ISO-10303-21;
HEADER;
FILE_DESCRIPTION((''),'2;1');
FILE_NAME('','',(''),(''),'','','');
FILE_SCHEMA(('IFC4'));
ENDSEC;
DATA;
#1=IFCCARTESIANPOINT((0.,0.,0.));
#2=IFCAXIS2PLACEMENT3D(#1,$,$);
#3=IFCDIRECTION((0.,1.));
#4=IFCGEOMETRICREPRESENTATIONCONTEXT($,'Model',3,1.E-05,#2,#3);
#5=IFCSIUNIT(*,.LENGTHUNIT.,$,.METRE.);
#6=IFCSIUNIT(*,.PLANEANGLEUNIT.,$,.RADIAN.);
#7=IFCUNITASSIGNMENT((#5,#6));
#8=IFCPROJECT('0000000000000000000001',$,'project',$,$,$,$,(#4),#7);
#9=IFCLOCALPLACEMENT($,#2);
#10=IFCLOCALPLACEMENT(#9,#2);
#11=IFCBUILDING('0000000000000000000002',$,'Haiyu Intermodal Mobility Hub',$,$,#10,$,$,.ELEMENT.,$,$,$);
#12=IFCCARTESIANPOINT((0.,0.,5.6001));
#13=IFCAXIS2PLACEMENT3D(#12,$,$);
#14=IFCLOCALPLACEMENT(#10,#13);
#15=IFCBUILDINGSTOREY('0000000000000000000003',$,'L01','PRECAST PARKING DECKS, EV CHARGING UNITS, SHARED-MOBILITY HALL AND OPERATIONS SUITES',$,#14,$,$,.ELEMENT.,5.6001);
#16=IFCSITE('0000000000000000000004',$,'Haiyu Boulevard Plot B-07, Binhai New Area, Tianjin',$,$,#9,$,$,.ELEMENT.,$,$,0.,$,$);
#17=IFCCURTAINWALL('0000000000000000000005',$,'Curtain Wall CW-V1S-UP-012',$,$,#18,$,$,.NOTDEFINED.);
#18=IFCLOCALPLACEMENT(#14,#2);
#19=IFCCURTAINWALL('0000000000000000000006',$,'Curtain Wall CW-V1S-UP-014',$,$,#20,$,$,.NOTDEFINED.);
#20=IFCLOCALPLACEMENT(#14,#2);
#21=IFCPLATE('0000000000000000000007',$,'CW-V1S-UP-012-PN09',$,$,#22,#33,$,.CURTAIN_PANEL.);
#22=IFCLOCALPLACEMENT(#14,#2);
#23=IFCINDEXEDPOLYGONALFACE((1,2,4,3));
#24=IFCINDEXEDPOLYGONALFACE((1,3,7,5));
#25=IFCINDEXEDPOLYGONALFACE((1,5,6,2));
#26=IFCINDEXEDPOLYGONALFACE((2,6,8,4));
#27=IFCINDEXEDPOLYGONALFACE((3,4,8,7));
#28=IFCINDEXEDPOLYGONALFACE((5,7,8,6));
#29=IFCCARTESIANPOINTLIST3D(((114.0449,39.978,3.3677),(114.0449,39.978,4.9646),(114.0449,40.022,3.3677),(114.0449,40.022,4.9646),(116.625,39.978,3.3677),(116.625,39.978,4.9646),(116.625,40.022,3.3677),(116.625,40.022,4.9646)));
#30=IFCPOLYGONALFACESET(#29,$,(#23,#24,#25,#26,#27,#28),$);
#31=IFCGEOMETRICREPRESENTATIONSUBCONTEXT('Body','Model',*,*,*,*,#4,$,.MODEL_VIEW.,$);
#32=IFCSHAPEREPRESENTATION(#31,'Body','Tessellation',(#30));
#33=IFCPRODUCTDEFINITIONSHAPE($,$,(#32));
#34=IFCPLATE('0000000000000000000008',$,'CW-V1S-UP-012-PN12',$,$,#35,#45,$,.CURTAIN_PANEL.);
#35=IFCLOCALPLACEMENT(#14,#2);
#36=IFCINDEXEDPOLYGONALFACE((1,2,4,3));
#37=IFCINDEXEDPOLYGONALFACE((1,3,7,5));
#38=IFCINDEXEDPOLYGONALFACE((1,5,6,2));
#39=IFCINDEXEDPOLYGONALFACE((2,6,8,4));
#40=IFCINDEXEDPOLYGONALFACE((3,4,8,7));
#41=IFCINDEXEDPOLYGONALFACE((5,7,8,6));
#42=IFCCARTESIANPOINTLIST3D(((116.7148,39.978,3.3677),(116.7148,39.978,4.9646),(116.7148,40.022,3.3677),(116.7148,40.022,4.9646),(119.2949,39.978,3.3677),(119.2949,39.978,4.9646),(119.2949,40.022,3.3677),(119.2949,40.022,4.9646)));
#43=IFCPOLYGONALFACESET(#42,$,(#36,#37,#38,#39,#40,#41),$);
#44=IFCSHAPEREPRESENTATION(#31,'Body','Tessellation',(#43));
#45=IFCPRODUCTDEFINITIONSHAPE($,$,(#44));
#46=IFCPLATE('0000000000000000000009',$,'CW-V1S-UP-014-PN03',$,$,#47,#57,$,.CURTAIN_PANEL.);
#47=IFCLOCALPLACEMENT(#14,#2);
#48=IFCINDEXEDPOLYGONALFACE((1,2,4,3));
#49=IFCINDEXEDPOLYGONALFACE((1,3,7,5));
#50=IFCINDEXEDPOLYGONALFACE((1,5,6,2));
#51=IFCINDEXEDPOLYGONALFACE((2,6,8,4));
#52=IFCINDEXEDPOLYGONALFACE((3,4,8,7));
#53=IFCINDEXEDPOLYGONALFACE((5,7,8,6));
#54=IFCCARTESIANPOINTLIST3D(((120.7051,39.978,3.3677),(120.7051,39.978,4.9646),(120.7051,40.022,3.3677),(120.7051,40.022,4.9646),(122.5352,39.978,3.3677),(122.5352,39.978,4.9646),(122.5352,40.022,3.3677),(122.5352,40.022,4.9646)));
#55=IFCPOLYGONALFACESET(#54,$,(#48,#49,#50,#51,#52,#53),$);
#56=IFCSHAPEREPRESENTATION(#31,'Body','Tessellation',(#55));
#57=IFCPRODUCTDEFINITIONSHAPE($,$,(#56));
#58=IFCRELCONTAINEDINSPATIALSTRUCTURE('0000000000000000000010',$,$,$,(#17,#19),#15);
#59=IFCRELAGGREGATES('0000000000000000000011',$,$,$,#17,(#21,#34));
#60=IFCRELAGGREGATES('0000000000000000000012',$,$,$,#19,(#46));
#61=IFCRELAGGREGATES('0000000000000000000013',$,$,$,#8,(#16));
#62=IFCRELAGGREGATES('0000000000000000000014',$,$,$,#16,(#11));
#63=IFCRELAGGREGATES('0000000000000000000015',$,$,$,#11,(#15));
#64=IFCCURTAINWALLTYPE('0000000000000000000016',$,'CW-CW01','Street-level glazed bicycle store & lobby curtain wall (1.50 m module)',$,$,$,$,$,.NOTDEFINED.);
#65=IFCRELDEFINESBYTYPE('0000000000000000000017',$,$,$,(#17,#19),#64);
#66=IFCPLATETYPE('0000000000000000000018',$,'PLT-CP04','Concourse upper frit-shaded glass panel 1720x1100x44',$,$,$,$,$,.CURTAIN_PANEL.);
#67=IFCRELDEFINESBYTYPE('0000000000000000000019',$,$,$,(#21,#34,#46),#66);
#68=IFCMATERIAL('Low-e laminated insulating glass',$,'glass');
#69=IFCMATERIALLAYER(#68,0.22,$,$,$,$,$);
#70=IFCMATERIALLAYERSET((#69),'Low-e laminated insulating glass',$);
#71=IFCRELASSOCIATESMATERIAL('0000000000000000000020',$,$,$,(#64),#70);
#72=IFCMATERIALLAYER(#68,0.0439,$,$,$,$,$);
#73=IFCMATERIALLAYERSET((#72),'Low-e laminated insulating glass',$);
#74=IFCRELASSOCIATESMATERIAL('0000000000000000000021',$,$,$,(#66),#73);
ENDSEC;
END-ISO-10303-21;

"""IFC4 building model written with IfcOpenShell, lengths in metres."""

from ifc_helpers import new_model, si_unit, direction, frame, origin, origin_2d, place, context, subcontext, project, spatial, rectangle, extrude, material, layer, layer_set, type_object, element, aggregate, save


model = new_model("IFC4")

# Units and contexts
model_context = context("Model", 3, precision=1e-05, world=origin(), true_north=direction((0.0, 1.0)))
body_context = subcontext(model_context, "Body", "Model", "MODEL_VIEW")
ifc_project = project(units=[si_unit("LENGTHUNIT", "METRE"), si_unit("PLANEANGLEUNIT", "RADIAN")], contexts=[model_context])

# Site, building, storey
site_placement = place(None, origin())
site = spatial("IfcSite", under=ifc_project, at=site_placement, Name="Haiyu Boulevard Plot B-07, Binhai New Area, Tianjin", CompositionType="ELEMENT", RefElevation=0.0)
building_placement = place(site_placement, origin())
building = spatial("IfcBuilding", under=site, at=building_placement, Name="Haiyu Intermodal Mobility Hub", CompositionType="ELEMENT")
storey_placement = place(building_placement, frame((0.0, 0.0, 5.6001)))
storey = spatial("IfcBuildingStorey", under=building, at=storey_placement, Name="L01", Description="PRECAST PARKING DECKS, EV CHARGING UNITS, SHARED-MOBILITY HALL AND OPERATIONS SUITES", CompositionType="ELEMENT", Elevation=5.6001)

# Curtain walls
ifc_material_1 = material(Name="Low-e laminated insulating glass", Category="glass")
ifc_layer_1 = layer(ifc_material_1, 0.22)
ifc_layer_set_1 = layer_set([ifc_layer_1], Name="Low-e laminated insulating glass")
curtain_wall_type = type_object("IfcCurtainWallType", Name="CW-CW01", Description="Street-level glazed bicycle store & lobby curtain wall (1.50 m module)", PredefinedType="NOTDEFINED", material=ifc_layer_set_1)
curtain_wall_1_placement = place(storey_placement, origin())
curtain_wall_1 = element("IfcCurtainWall", 1, at=curtain_wall_1_placement, inside=storey, type_object=curtain_wall_type, Name="Curtain Wall CW-V1S-UP-012", PredefinedType="NOTDEFINED")
curtain_wall_2_placement = place(storey_placement, origin())
curtain_wall_2 = element("IfcCurtainWall", 2, at=curtain_wall_2_placement, inside=storey, type_object=curtain_wall_type, Name="Curtain Wall CW-V1S-UP-014", PredefinedType="NOTDEFINED")

# Plates
ifc_layer_2 = layer(ifc_material_1, 0.0439)
ifc_layer_set_2 = layer_set([ifc_layer_2], Name="Low-e laminated insulating glass")
plate_type_1 = type_object("IfcPlateType", Name="PLT-CP04", Description="Concourse upper frit-shaded glass panel 1720x1100x44", PredefinedType="CURTAIN_PANEL", material=ifc_layer_set_2)
plate_1_placement = place(storey_placement, frame((115.335, 40.0, 3.3677), z_axis=(0.0, 0.0, 1.0), x_axis=(1.0, 0.0, 0.0)))
plate_1 = element("IfcPlate", 3, at=plate_1_placement, type_object=plate_type_1, Name="CW-V1S-UP-012-PN09", PredefinedType="CURTAIN_PANEL", context=body_context, shape_type="SweptSolid", body=[
    extrude(rectangle(XDim=2.5801, YDim=0.0439, at=origin_2d()), origin(), (0.0, 0.0, 1.0), 1.5969),
])
plate_2_placement = place(storey_placement, frame((118.0049, 40.0, 3.3677), z_axis=(0.0, 0.0, 1.0), x_axis=(1.0, 0.0, 0.0)))
plate_2 = element("IfcPlate", 4, at=plate_2_placement, type_object=plate_type_1, Name="CW-V1S-UP-012-PN12", PredefinedType="CURTAIN_PANEL", context=body_context, shape_type="SweptSolid", body=[
    extrude(rectangle(XDim=2.5801, YDim=0.0439, at=origin_2d()), origin(), (0.0, 0.0, 1.0), 1.5969),
])
aggregate(curtain_wall_1, [plate_1, plate_2])
plate_3_placement = place(storey_placement, frame((121.6201, 40.0, 3.3677), z_axis=(0.0, 0.0, 1.0), x_axis=(1.0, 0.0, 0.0)))
plate_3 = element("IfcPlate", 5, at=plate_3_placement, type_object=plate_type_1, Name="CW-V1S-UP-014-PN03", PredefinedType="CURTAIN_PANEL", context=body_context, shape_type="SweptSolid", body=[
    extrude(rectangle(XDim=1.8301, YDim=0.0439, at=origin_2d()), origin(), (0.0, 0.0, 1.0), 1.5969),
])
aggregate(curtain_wall_2, [plate_3])

save(model, "model.ifc")
